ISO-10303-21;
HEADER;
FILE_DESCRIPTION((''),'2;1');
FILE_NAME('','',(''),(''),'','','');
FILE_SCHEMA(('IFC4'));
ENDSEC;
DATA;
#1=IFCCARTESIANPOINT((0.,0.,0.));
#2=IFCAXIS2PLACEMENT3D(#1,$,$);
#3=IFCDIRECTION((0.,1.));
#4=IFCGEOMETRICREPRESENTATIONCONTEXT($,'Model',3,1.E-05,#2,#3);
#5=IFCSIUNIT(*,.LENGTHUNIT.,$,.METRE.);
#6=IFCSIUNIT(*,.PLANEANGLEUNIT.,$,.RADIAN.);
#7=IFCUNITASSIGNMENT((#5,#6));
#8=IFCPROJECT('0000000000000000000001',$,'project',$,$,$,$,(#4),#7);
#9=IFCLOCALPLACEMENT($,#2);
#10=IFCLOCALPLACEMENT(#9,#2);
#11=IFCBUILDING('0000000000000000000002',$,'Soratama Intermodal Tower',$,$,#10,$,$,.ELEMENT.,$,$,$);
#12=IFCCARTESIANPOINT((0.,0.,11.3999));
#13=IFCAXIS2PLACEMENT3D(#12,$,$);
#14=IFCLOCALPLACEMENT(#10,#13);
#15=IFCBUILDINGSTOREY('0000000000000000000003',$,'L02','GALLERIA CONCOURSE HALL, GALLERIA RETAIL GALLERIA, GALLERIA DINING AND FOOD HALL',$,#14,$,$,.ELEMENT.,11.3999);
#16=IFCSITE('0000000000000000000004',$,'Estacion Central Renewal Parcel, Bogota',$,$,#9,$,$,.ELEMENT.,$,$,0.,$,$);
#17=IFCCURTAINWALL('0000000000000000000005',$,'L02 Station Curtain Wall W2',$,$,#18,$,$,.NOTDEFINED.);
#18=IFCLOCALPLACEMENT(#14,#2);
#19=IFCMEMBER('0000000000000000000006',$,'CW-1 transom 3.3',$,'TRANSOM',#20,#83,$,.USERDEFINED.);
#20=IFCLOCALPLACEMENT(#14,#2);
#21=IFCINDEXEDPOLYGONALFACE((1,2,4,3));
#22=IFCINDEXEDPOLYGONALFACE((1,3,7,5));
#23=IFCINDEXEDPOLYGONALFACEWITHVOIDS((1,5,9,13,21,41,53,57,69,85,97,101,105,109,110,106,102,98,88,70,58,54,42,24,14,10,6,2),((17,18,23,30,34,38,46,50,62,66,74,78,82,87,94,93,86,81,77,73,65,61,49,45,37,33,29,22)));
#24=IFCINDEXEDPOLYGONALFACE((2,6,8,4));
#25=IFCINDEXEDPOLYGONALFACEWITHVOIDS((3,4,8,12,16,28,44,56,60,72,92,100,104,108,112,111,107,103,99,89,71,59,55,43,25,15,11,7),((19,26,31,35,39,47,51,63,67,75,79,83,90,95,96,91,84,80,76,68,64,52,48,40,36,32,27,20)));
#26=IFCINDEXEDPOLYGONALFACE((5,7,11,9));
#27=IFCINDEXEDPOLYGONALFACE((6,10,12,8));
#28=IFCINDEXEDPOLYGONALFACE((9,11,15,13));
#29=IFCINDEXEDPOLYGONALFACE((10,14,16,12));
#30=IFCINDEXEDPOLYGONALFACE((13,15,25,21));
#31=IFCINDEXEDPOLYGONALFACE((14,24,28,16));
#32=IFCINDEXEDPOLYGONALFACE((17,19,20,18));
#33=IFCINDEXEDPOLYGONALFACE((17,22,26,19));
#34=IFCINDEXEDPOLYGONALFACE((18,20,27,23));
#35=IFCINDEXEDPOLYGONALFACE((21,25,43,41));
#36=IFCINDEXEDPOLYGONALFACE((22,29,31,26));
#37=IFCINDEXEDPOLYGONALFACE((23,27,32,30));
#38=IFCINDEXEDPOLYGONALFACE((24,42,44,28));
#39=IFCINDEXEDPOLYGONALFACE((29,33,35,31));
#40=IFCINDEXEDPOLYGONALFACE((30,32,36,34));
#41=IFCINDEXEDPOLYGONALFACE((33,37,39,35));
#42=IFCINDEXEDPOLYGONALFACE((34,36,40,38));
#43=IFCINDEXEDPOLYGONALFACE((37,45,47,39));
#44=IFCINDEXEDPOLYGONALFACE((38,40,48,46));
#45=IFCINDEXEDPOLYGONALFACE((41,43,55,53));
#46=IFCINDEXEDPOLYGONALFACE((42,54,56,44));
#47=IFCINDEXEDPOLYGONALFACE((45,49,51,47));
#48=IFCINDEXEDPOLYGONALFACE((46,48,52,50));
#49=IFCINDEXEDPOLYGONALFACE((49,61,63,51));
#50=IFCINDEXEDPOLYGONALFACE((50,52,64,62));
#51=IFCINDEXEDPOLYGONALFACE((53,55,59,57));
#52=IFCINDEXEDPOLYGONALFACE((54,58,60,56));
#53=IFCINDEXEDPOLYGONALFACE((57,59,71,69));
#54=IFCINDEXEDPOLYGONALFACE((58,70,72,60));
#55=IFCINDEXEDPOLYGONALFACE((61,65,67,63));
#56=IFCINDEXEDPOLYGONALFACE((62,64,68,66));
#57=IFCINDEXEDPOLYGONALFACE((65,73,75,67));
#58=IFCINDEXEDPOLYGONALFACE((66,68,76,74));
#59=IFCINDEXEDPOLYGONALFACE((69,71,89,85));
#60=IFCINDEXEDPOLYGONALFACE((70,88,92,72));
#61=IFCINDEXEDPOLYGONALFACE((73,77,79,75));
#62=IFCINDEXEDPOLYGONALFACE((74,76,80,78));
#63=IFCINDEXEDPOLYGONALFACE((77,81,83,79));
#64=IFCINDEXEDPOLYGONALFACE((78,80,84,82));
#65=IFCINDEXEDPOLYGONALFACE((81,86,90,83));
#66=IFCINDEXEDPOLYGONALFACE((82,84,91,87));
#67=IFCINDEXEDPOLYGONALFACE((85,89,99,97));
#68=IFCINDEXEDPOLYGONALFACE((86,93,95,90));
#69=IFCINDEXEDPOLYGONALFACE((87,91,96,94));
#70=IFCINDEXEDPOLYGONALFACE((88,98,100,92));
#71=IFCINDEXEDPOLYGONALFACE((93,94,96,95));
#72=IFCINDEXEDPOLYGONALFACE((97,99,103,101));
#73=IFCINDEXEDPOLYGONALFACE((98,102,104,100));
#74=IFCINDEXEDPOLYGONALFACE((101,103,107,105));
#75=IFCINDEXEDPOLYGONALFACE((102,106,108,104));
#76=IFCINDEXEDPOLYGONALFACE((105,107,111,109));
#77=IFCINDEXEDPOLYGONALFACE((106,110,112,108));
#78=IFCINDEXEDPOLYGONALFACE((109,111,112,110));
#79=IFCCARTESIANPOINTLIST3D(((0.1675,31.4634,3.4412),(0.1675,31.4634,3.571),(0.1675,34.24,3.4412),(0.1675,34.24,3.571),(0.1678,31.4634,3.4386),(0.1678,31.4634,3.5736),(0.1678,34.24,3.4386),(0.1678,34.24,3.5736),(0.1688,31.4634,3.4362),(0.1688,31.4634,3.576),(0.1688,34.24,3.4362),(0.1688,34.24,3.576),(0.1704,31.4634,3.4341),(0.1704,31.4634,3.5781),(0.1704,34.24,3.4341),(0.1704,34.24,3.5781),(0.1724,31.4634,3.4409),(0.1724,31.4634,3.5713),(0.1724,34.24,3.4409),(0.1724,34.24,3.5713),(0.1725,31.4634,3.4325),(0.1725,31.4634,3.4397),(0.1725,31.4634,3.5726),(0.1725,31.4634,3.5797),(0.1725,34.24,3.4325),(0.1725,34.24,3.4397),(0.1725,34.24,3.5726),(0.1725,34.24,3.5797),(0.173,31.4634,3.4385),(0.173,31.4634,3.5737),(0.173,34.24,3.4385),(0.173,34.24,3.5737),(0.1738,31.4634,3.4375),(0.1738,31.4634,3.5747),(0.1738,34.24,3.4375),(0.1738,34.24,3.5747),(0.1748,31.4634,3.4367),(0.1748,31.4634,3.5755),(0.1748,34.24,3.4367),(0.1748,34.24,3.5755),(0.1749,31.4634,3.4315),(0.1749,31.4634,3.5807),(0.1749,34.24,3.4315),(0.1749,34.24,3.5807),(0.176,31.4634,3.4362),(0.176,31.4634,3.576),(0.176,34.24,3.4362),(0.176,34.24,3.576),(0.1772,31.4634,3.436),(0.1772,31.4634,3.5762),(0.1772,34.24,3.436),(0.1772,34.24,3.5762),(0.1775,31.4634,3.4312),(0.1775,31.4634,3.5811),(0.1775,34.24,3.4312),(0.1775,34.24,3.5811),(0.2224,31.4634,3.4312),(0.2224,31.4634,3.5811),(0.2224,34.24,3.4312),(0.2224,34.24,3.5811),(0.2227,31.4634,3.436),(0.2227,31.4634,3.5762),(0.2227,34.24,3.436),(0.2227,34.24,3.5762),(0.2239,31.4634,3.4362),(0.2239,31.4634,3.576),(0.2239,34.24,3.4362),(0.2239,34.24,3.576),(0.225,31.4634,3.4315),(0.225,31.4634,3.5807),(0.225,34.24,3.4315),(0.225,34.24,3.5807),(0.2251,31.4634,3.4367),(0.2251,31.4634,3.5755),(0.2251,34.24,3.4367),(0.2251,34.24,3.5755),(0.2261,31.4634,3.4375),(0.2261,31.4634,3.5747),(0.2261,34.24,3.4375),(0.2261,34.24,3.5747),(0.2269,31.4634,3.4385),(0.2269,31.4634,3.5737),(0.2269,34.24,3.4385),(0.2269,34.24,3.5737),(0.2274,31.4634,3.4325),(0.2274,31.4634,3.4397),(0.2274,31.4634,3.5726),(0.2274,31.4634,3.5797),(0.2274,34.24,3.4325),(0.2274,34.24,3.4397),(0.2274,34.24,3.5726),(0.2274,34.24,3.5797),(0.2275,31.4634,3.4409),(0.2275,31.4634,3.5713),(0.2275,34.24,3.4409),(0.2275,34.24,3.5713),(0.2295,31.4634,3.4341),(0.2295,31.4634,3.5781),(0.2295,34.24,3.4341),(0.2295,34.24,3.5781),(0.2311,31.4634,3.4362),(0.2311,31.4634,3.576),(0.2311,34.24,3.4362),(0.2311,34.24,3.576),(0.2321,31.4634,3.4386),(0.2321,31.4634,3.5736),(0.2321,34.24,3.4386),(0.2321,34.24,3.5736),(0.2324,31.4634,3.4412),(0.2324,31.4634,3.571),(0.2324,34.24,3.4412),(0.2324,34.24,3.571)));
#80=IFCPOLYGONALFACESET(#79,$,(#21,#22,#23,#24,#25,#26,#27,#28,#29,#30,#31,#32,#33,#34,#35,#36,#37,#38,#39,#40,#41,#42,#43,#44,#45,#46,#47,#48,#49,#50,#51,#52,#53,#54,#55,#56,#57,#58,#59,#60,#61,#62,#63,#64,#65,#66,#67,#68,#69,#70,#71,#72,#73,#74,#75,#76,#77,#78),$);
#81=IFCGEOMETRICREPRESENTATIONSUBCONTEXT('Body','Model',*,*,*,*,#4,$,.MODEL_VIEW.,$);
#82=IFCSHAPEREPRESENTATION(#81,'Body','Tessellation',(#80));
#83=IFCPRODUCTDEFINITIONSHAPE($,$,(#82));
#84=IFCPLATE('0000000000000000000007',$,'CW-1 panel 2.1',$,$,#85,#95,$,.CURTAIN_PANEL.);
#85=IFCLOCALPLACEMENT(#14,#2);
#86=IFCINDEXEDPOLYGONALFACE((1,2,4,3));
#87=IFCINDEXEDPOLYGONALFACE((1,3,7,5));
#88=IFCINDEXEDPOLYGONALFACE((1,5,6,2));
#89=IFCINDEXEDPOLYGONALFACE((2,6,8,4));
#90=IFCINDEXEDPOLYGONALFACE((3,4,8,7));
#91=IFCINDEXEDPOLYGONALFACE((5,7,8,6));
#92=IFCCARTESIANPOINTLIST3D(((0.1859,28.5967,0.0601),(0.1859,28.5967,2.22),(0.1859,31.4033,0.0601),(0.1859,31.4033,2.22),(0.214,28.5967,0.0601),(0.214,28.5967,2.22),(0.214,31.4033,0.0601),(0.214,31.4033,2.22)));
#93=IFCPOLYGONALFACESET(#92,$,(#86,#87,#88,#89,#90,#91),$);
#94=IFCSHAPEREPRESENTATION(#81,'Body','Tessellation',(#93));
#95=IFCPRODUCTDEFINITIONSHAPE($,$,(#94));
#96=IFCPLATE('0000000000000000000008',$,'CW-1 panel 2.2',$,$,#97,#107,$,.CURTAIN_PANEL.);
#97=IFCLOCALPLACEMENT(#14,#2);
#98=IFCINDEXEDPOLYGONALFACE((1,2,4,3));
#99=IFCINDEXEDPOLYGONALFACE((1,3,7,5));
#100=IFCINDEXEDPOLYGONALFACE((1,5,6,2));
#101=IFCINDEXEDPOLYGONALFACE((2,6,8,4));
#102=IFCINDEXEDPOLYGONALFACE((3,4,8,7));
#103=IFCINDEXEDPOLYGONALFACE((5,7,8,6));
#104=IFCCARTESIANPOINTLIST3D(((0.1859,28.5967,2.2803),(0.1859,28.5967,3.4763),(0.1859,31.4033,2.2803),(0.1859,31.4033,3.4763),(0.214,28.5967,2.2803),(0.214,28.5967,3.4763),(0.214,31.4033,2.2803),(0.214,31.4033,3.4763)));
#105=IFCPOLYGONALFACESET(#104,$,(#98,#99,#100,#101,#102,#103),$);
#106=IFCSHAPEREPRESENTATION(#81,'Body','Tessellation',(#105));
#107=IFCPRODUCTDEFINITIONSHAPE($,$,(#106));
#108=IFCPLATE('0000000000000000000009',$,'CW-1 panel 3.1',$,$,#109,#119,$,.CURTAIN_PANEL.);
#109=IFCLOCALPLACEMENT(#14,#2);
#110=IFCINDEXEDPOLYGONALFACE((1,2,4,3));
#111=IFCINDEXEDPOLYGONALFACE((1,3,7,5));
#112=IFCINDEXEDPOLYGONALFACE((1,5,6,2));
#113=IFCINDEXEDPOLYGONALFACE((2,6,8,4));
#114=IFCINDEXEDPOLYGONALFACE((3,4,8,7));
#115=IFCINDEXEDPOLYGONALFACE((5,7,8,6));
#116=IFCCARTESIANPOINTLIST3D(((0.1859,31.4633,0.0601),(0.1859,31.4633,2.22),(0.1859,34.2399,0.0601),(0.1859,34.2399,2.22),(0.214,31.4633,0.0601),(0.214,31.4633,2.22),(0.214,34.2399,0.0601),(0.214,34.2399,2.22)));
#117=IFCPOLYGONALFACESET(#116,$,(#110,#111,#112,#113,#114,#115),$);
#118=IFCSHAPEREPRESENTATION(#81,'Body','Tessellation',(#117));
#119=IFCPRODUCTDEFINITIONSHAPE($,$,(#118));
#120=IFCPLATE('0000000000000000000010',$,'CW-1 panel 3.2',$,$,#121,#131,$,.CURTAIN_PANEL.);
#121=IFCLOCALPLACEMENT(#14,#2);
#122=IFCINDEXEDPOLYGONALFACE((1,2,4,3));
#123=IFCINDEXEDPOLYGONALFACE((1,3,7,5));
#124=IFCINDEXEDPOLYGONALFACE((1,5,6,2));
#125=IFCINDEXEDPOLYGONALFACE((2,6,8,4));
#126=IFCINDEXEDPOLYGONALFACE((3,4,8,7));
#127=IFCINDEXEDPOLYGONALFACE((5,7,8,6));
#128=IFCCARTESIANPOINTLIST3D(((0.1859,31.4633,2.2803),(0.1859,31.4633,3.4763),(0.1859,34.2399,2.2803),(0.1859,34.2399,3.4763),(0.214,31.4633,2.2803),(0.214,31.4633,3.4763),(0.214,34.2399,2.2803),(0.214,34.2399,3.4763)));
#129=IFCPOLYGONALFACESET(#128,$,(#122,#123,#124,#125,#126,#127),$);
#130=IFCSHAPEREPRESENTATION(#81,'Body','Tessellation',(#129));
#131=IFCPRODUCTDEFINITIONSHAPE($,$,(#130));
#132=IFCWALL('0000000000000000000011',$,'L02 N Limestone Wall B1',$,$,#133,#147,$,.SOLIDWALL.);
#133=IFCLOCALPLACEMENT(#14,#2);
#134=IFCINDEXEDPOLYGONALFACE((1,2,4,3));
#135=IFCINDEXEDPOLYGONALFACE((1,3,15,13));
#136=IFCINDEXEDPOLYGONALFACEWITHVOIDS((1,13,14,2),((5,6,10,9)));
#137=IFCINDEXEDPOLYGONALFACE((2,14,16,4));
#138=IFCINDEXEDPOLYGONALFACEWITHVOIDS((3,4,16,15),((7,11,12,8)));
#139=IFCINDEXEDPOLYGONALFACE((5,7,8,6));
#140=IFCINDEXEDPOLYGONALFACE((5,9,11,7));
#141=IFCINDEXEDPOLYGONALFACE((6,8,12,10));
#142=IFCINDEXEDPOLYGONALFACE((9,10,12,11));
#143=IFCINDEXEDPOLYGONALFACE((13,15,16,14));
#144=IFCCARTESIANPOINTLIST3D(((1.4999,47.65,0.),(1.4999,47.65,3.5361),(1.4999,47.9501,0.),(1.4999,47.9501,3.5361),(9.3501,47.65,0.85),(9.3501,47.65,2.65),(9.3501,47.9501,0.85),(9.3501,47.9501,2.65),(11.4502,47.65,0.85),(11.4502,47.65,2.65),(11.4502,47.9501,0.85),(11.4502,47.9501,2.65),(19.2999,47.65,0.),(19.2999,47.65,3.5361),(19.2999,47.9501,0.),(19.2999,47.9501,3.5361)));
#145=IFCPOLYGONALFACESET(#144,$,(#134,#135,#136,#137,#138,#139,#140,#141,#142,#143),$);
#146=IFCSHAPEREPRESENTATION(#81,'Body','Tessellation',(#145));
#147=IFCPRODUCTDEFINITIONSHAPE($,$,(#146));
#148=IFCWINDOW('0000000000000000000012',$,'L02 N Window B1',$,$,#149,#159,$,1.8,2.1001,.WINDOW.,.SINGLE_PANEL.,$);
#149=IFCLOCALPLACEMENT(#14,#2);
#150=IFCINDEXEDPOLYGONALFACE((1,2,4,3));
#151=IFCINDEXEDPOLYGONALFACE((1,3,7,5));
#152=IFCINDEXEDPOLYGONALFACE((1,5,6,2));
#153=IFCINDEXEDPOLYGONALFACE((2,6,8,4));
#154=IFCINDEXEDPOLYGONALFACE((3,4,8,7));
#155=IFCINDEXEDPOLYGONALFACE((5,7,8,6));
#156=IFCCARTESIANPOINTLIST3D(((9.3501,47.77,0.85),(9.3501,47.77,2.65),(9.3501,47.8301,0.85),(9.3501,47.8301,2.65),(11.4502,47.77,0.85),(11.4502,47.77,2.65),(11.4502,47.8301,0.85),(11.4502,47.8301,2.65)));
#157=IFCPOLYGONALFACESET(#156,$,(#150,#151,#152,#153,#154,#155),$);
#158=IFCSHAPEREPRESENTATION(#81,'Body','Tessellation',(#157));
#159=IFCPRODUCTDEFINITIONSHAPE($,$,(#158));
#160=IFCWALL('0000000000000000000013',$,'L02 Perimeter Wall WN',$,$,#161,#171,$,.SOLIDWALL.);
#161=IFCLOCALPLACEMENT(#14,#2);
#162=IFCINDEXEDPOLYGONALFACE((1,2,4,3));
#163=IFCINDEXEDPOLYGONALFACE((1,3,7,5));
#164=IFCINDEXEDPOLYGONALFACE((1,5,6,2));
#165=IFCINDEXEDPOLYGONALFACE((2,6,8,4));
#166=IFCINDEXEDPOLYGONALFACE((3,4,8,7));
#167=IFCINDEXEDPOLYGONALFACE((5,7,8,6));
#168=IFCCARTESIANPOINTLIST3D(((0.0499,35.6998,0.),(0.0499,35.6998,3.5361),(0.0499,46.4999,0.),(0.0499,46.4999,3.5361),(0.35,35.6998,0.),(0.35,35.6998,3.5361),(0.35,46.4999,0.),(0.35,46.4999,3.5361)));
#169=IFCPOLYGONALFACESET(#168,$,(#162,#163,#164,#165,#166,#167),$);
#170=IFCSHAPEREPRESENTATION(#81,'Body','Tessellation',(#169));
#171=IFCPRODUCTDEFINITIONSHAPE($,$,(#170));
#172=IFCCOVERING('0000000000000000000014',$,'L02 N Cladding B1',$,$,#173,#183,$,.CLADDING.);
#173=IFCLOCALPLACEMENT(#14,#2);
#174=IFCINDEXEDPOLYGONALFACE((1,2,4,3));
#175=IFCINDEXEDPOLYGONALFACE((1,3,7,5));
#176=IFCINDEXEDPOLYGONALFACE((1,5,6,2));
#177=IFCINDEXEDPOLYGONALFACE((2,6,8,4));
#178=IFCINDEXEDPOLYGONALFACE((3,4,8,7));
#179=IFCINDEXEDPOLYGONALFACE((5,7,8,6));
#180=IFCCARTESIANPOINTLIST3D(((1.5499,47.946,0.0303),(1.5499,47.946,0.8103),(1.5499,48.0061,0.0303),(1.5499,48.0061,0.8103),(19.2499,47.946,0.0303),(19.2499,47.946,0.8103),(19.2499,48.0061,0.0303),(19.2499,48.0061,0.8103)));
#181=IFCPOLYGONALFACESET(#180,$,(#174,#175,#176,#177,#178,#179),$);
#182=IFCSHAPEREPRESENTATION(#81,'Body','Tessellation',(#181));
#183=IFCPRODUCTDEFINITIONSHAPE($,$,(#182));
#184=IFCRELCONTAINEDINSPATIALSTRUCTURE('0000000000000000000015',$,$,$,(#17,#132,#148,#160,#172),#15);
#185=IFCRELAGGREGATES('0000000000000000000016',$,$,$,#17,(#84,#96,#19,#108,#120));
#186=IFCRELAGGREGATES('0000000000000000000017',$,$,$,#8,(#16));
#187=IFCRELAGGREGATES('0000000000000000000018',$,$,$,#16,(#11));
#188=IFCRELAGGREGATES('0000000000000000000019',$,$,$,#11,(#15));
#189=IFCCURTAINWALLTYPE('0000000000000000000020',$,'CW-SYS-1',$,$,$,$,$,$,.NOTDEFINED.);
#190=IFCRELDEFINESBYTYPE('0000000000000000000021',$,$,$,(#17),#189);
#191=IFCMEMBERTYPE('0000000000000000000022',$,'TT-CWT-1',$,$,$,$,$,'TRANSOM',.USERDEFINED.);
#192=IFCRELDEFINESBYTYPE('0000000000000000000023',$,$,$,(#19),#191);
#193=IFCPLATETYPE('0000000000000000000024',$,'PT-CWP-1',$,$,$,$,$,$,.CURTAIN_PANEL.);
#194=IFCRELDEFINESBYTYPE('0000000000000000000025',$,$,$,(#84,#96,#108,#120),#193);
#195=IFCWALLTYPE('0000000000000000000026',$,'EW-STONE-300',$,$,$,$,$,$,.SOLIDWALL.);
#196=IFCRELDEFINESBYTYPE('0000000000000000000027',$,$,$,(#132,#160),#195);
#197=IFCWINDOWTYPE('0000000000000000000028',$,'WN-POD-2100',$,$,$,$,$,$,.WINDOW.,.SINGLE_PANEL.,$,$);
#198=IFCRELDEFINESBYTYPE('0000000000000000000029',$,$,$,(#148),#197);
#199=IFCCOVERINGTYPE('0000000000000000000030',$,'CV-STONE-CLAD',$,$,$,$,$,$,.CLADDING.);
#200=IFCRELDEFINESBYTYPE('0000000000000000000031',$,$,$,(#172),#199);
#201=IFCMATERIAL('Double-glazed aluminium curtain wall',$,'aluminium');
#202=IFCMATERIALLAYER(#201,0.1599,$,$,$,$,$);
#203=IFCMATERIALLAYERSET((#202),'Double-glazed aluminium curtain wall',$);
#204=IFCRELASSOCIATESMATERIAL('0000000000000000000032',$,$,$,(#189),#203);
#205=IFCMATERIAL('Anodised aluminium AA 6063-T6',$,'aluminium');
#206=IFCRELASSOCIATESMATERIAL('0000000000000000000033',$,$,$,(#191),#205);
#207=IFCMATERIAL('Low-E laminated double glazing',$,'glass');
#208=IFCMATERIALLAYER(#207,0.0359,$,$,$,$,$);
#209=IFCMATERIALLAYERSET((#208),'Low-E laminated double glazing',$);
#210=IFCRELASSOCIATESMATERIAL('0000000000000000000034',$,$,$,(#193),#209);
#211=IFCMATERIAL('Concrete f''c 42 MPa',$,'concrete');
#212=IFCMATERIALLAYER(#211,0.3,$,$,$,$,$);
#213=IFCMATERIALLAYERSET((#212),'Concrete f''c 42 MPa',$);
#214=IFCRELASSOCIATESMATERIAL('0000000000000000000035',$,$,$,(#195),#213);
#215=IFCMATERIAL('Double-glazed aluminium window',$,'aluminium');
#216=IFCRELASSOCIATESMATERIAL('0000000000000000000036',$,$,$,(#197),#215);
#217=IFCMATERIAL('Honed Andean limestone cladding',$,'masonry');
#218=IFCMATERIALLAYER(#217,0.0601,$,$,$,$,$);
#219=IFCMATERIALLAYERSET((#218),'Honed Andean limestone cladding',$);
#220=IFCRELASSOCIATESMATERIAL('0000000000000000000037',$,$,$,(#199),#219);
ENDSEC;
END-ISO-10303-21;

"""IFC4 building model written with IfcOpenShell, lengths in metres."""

from ifc_helpers import new_model, si_unit, direction, frame, frame_2d, origin, origin_2d, place, context, subcontext, project, spatial, rectangle, hollow_rectangle, extrude, material, layer, layer_set, material_profile, profile_set, type_object, element, fill, aggregate, save


model = new_model("IFC4")

# Units and contexts
model_context = context("Model", 3, precision=1e-05, world=origin(), true_north=direction((0.0, 1.0)))
body_context = subcontext(model_context, "Body", "Model", "MODEL_VIEW")
ifc_project = project(units=[si_unit("LENGTHUNIT", "METRE"), si_unit("PLANEANGLEUNIT", "RADIAN")], contexts=[model_context])

# Site, building, storey
site_placement = place(None, origin())
site = spatial("IfcSite", under=ifc_project, at=site_placement, Name="Estacion Central Renewal Parcel, Bogota", CompositionType="ELEMENT", RefElevation=0.0)
building_placement = place(site_placement, origin())
building = spatial("IfcBuilding", under=site, at=building_placement, Name="Soratama Intermodal Tower", CompositionType="ELEMENT")
storey_placement = place(building_placement, frame((0.0, 0.0, 11.3999)))
storey = spatial("IfcBuildingStorey", under=building, at=storey_placement, Name="L02", Description="GALLERIA CONCOURSE HALL, GALLERIA RETAIL GALLERIA, GALLERIA DINING AND FOOD HALL", CompositionType="ELEMENT", Elevation=11.3999)

# Curtain wall, member, plates
ifc_material_1 = material(Name="Double-glazed aluminium curtain wall", Category="aluminium")
ifc_layer_1 = layer(ifc_material_1, 0.1599)
ifc_layer_set_1 = layer_set([ifc_layer_1], Name="Double-glazed aluminium curtain wall")
curtain_wall_type = type_object("IfcCurtainWallType", Name="CW-SYS-1", PredefinedType="NOTDEFINED", material=ifc_layer_set_1)
curtain_wall_placement = place(storey_placement, origin())
curtain_wall = element("IfcCurtainWall", 1, at=curtain_wall_placement, inside=storey, type_object=curtain_wall_type, Name="L02 Station Curtain Wall W2", PredefinedType="NOTDEFINED")
ifc_material_2 = material(Name="Anodised aluminium AA 6063-T6", Category="aluminium")
ifc_material_profile_1 = material_profile(ifc_material_2, hollow_rectangle(XDim=0.0649, YDim=0.1499, WallThickness=0.0049, InnerFilletRadius=0.0049, OuterFilletRadius=0.01, at=origin_2d()), Name="CWT150X65X5")
ifc_profile_set_1 = profile_set([ifc_material_profile_1], Name="Anodised aluminium AA 6063-T6")
member_type_1 = type_object("IfcMemberType", Name="TT-CWT-1", ElementType="TRANSOM", PredefinedType="USERDEFINED", material=ifc_profile_set_1)
member_1_placement = place(storey_placement, frame((0.2, 31.4634, 3.5061), z_axis=(0.0, 1.0, 0.0), x_axis=(-1.0, 0.0, 0.0)))
member_1 = element("IfcMember", 2, at=member_1_placement, type_object=member_type_1, Name="CW-1 transom 3.3", ObjectType="TRANSOM", PredefinedType="USERDEFINED", context=body_context, shape_type="SweptSolid", body=[
    extrude(hollow_rectangle(XDim=0.0649, YDim=0.1499, WallThickness=0.0049, InnerFilletRadius=0.0049, OuterFilletRadius=0.01, at=origin_2d()), origin(), (0.0, 0.0, 1.0), 2.7766),
])
ifc_material_3 = material(Name="Low-E laminated double glazing", Category="glass")
ifc_layer_2 = layer(ifc_material_3, 0.0359)
ifc_layer_set_2 = layer_set([ifc_layer_2], Name="Low-E laminated double glazing")
plate_type = type_object("IfcPlateType", Name="PT-CWP-1", PredefinedType="CURTAIN_PANEL", material=ifc_layer_set_2)
plate_1_placement = place(storey_placement, frame((0.2, 30.0, 0.0601), z_axis=(0.0, 0.0, 1.0), x_axis=(0.0, 1.0, 0.0)))
plate_1 = element("IfcPlate", 3, at=plate_1_placement, type_object=plate_type, Name="CW-1 panel 2.1", PredefinedType="CURTAIN_PANEL", context=body_context, shape_type="SweptSolid", body=[
    extrude(rectangle(XDim=2.8066, YDim=0.0281, at=origin_2d()), origin(), (0.0, 0.0, 1.0), 2.1599),
])
plate_2_placement = place(storey_placement, frame((0.2, 30.0, 2.2803), z_axis=(0.0, 0.0, 1.0), x_axis=(0.0, 1.0, 0.0)))
plate_2 = element("IfcPlate", 4, at=plate_2_placement, type_object=plate_type, Name="CW-1 panel 2.2", PredefinedType="CURTAIN_PANEL", context=body_context, shape_type="SweptSolid", body=[
    extrude(rectangle(XDim=2.8066, YDim=0.0281, at=origin_2d()), origin(), (0.0, 0.0, 1.0), 1.196),
])
plate_3_placement = place(storey_placement, frame((0.2, 32.8516, 0.0601), z_axis=(0.0, 0.0, 1.0), x_axis=(0.0, 1.0, 0.0)))
plate_3 = element("IfcPlate", 5, at=plate_3_placement, type_object=plate_type, Name="CW-1 panel 3.1", PredefinedType="CURTAIN_PANEL", context=body_context, shape_type="SweptSolid", body=[
    extrude(rectangle(XDim=2.7766, YDim=0.0281, at=origin_2d()), origin(), (0.0, 0.0, 1.0), 2.1599),
])
plate_4_placement = place(storey_placement, frame((0.2, 32.8516, 2.2803), z_axis=(0.0, 0.0, 1.0), x_axis=(0.0, 1.0, 0.0)))
plate_4 = element("IfcPlate", 6, at=plate_4_placement, type_object=plate_type, Name="CW-1 panel 3.2", PredefinedType="CURTAIN_PANEL", context=body_context, shape_type="SweptSolid", body=[
    extrude(rectangle(XDim=2.7766, YDim=0.0281, at=origin_2d()), origin(), (0.0, 0.0, 1.0), 1.196),
])
aggregate(curtain_wall, [plate_1, plate_2, member_1, plate_3, plate_4])

# Wall, opening, window
ifc_material_4 = material(Name="Concrete f'c 42 MPa", Category="concrete")
ifc_layer_3 = layer(ifc_material_4, 0.3)
ifc_layer_set_3 = layer_set([ifc_layer_3], Name="Concrete f'c 42 MPa")
wall_type = type_object("IfcWallType", Name="EW-STONE-300", PredefinedType="SOLIDWALL", material=ifc_layer_set_3)
wall_1_placement = place(storey_placement, frame((1.5, 47.8, 0.0), z_axis=(0.0, 0.0, 1.0), x_axis=(1.0, 0.0, 0.0)))
wall_1 = element("IfcWall", 7, at=wall_1_placement, inside=storey, type_object=wall_type, Name="L02 N Limestone Wall B1", PredefinedType="SOLIDWALL", context=body_context, shape_type="SweptSolid", body=[
    extrude(rectangle(XDim=17.8, YDim=0.3, at=frame_2d((8.8999, 0.0))), origin(), (0.0, 0.0, 1.0), 3.5361),
])
opening_placement = place(wall_1_placement, frame((7.8501, 0.0, 0.8501)))
opening = element("IfcOpeningElement", 8, at=opening_placement, cuts=wall_1, PredefinedType="OPENING", context=body_context, shape_type="SweptSolid", body=[
    extrude(rectangle(XDim=2.1001, YDim=1.8, at=frame_2d((1.05, 0.8999))), frame((0.0, 0.1599, 0.0), z_axis=(0.0, -1.0, 0.0), x_axis=(1.0, 0.0, 0.0)), (0.0, 0.0, 1.0), 0.3201),
])
ifc_material_5 = material(Name="Double-glazed aluminium window", Category="aluminium")
window_type = type_object("IfcWindowType", Name="WN-POD-2100", PartitioningType="SINGLE_PANEL", PredefinedType="WINDOW", material=ifc_material_5)
window_placement = place(opening_placement, origin())
window = element("IfcWindow", 9, at=window_placement, inside=storey, type_object=window_type, Name="L02 N Window B1", OverallHeight=1.8, OverallWidth=2.1001, PartitioningType="SINGLE_PANEL", PredefinedType="WINDOW", context=body_context, shape_type="SweptSolid", body=[
    extrude(rectangle(XDim=2.1001, YDim=1.8, at=frame_2d((1.05, 0.8999))), frame((0.0, 0.03, 0.0), z_axis=(0.0, -1.0, 0.0), x_axis=(1.0, 0.0, 0.0)), (0.0, 0.0, 1.0), 0.0601),
])
fill(opening, window)

# Wall
wall_2_placement = place(storey_placement, frame((0.2, 35.7, 0.0), z_axis=(0.0, 0.0, 1.0), x_axis=(0.0, 1.0, 0.0)))
element("IfcWall", 10, at=wall_2_placement, inside=storey, type_object=wall_type, Name="L02 Perimeter Wall WN", PredefinedType="SOLIDWALL", context=body_context, shape_type="SweptSolid", body=[
    extrude(rectangle(XDim=10.8, YDim=0.3, at=frame_2d((5.3999, 0.0))), origin(), (0.0, 0.0, 1.0), 3.5361),
])

# Covering
ifc_material_6 = material(Name="Honed Andean limestone cladding", Category="masonry")
ifc_layer_4 = layer(ifc_material_6, 0.0601)
ifc_layer_set_4 = layer_set([ifc_layer_4], Name="Honed Andean limestone cladding")
covering_type = type_object("IfcCoveringType", Name="CV-STONE-CLAD", PredefinedType="CLADDING", material=ifc_layer_set_4)
covering_placement = place(storey_placement, frame((10.3999, 47.9761, 0.0303), z_axis=(0.0, 0.0, 1.0), x_axis=(1.0, 0.0, 0.0)))
element("IfcCovering", 11, at=covering_placement, inside=storey, type_object=covering_type, Name="L02 N Cladding B1", PredefinedType="CLADDING", context=body_context, shape_type="SweptSolid", body=[
    extrude(rectangle(XDim=17.7, YDim=0.0601, at=origin_2d()), origin(), (0.0, 0.0, 1.0), 0.78),
])

save(model, "model.ifc")
